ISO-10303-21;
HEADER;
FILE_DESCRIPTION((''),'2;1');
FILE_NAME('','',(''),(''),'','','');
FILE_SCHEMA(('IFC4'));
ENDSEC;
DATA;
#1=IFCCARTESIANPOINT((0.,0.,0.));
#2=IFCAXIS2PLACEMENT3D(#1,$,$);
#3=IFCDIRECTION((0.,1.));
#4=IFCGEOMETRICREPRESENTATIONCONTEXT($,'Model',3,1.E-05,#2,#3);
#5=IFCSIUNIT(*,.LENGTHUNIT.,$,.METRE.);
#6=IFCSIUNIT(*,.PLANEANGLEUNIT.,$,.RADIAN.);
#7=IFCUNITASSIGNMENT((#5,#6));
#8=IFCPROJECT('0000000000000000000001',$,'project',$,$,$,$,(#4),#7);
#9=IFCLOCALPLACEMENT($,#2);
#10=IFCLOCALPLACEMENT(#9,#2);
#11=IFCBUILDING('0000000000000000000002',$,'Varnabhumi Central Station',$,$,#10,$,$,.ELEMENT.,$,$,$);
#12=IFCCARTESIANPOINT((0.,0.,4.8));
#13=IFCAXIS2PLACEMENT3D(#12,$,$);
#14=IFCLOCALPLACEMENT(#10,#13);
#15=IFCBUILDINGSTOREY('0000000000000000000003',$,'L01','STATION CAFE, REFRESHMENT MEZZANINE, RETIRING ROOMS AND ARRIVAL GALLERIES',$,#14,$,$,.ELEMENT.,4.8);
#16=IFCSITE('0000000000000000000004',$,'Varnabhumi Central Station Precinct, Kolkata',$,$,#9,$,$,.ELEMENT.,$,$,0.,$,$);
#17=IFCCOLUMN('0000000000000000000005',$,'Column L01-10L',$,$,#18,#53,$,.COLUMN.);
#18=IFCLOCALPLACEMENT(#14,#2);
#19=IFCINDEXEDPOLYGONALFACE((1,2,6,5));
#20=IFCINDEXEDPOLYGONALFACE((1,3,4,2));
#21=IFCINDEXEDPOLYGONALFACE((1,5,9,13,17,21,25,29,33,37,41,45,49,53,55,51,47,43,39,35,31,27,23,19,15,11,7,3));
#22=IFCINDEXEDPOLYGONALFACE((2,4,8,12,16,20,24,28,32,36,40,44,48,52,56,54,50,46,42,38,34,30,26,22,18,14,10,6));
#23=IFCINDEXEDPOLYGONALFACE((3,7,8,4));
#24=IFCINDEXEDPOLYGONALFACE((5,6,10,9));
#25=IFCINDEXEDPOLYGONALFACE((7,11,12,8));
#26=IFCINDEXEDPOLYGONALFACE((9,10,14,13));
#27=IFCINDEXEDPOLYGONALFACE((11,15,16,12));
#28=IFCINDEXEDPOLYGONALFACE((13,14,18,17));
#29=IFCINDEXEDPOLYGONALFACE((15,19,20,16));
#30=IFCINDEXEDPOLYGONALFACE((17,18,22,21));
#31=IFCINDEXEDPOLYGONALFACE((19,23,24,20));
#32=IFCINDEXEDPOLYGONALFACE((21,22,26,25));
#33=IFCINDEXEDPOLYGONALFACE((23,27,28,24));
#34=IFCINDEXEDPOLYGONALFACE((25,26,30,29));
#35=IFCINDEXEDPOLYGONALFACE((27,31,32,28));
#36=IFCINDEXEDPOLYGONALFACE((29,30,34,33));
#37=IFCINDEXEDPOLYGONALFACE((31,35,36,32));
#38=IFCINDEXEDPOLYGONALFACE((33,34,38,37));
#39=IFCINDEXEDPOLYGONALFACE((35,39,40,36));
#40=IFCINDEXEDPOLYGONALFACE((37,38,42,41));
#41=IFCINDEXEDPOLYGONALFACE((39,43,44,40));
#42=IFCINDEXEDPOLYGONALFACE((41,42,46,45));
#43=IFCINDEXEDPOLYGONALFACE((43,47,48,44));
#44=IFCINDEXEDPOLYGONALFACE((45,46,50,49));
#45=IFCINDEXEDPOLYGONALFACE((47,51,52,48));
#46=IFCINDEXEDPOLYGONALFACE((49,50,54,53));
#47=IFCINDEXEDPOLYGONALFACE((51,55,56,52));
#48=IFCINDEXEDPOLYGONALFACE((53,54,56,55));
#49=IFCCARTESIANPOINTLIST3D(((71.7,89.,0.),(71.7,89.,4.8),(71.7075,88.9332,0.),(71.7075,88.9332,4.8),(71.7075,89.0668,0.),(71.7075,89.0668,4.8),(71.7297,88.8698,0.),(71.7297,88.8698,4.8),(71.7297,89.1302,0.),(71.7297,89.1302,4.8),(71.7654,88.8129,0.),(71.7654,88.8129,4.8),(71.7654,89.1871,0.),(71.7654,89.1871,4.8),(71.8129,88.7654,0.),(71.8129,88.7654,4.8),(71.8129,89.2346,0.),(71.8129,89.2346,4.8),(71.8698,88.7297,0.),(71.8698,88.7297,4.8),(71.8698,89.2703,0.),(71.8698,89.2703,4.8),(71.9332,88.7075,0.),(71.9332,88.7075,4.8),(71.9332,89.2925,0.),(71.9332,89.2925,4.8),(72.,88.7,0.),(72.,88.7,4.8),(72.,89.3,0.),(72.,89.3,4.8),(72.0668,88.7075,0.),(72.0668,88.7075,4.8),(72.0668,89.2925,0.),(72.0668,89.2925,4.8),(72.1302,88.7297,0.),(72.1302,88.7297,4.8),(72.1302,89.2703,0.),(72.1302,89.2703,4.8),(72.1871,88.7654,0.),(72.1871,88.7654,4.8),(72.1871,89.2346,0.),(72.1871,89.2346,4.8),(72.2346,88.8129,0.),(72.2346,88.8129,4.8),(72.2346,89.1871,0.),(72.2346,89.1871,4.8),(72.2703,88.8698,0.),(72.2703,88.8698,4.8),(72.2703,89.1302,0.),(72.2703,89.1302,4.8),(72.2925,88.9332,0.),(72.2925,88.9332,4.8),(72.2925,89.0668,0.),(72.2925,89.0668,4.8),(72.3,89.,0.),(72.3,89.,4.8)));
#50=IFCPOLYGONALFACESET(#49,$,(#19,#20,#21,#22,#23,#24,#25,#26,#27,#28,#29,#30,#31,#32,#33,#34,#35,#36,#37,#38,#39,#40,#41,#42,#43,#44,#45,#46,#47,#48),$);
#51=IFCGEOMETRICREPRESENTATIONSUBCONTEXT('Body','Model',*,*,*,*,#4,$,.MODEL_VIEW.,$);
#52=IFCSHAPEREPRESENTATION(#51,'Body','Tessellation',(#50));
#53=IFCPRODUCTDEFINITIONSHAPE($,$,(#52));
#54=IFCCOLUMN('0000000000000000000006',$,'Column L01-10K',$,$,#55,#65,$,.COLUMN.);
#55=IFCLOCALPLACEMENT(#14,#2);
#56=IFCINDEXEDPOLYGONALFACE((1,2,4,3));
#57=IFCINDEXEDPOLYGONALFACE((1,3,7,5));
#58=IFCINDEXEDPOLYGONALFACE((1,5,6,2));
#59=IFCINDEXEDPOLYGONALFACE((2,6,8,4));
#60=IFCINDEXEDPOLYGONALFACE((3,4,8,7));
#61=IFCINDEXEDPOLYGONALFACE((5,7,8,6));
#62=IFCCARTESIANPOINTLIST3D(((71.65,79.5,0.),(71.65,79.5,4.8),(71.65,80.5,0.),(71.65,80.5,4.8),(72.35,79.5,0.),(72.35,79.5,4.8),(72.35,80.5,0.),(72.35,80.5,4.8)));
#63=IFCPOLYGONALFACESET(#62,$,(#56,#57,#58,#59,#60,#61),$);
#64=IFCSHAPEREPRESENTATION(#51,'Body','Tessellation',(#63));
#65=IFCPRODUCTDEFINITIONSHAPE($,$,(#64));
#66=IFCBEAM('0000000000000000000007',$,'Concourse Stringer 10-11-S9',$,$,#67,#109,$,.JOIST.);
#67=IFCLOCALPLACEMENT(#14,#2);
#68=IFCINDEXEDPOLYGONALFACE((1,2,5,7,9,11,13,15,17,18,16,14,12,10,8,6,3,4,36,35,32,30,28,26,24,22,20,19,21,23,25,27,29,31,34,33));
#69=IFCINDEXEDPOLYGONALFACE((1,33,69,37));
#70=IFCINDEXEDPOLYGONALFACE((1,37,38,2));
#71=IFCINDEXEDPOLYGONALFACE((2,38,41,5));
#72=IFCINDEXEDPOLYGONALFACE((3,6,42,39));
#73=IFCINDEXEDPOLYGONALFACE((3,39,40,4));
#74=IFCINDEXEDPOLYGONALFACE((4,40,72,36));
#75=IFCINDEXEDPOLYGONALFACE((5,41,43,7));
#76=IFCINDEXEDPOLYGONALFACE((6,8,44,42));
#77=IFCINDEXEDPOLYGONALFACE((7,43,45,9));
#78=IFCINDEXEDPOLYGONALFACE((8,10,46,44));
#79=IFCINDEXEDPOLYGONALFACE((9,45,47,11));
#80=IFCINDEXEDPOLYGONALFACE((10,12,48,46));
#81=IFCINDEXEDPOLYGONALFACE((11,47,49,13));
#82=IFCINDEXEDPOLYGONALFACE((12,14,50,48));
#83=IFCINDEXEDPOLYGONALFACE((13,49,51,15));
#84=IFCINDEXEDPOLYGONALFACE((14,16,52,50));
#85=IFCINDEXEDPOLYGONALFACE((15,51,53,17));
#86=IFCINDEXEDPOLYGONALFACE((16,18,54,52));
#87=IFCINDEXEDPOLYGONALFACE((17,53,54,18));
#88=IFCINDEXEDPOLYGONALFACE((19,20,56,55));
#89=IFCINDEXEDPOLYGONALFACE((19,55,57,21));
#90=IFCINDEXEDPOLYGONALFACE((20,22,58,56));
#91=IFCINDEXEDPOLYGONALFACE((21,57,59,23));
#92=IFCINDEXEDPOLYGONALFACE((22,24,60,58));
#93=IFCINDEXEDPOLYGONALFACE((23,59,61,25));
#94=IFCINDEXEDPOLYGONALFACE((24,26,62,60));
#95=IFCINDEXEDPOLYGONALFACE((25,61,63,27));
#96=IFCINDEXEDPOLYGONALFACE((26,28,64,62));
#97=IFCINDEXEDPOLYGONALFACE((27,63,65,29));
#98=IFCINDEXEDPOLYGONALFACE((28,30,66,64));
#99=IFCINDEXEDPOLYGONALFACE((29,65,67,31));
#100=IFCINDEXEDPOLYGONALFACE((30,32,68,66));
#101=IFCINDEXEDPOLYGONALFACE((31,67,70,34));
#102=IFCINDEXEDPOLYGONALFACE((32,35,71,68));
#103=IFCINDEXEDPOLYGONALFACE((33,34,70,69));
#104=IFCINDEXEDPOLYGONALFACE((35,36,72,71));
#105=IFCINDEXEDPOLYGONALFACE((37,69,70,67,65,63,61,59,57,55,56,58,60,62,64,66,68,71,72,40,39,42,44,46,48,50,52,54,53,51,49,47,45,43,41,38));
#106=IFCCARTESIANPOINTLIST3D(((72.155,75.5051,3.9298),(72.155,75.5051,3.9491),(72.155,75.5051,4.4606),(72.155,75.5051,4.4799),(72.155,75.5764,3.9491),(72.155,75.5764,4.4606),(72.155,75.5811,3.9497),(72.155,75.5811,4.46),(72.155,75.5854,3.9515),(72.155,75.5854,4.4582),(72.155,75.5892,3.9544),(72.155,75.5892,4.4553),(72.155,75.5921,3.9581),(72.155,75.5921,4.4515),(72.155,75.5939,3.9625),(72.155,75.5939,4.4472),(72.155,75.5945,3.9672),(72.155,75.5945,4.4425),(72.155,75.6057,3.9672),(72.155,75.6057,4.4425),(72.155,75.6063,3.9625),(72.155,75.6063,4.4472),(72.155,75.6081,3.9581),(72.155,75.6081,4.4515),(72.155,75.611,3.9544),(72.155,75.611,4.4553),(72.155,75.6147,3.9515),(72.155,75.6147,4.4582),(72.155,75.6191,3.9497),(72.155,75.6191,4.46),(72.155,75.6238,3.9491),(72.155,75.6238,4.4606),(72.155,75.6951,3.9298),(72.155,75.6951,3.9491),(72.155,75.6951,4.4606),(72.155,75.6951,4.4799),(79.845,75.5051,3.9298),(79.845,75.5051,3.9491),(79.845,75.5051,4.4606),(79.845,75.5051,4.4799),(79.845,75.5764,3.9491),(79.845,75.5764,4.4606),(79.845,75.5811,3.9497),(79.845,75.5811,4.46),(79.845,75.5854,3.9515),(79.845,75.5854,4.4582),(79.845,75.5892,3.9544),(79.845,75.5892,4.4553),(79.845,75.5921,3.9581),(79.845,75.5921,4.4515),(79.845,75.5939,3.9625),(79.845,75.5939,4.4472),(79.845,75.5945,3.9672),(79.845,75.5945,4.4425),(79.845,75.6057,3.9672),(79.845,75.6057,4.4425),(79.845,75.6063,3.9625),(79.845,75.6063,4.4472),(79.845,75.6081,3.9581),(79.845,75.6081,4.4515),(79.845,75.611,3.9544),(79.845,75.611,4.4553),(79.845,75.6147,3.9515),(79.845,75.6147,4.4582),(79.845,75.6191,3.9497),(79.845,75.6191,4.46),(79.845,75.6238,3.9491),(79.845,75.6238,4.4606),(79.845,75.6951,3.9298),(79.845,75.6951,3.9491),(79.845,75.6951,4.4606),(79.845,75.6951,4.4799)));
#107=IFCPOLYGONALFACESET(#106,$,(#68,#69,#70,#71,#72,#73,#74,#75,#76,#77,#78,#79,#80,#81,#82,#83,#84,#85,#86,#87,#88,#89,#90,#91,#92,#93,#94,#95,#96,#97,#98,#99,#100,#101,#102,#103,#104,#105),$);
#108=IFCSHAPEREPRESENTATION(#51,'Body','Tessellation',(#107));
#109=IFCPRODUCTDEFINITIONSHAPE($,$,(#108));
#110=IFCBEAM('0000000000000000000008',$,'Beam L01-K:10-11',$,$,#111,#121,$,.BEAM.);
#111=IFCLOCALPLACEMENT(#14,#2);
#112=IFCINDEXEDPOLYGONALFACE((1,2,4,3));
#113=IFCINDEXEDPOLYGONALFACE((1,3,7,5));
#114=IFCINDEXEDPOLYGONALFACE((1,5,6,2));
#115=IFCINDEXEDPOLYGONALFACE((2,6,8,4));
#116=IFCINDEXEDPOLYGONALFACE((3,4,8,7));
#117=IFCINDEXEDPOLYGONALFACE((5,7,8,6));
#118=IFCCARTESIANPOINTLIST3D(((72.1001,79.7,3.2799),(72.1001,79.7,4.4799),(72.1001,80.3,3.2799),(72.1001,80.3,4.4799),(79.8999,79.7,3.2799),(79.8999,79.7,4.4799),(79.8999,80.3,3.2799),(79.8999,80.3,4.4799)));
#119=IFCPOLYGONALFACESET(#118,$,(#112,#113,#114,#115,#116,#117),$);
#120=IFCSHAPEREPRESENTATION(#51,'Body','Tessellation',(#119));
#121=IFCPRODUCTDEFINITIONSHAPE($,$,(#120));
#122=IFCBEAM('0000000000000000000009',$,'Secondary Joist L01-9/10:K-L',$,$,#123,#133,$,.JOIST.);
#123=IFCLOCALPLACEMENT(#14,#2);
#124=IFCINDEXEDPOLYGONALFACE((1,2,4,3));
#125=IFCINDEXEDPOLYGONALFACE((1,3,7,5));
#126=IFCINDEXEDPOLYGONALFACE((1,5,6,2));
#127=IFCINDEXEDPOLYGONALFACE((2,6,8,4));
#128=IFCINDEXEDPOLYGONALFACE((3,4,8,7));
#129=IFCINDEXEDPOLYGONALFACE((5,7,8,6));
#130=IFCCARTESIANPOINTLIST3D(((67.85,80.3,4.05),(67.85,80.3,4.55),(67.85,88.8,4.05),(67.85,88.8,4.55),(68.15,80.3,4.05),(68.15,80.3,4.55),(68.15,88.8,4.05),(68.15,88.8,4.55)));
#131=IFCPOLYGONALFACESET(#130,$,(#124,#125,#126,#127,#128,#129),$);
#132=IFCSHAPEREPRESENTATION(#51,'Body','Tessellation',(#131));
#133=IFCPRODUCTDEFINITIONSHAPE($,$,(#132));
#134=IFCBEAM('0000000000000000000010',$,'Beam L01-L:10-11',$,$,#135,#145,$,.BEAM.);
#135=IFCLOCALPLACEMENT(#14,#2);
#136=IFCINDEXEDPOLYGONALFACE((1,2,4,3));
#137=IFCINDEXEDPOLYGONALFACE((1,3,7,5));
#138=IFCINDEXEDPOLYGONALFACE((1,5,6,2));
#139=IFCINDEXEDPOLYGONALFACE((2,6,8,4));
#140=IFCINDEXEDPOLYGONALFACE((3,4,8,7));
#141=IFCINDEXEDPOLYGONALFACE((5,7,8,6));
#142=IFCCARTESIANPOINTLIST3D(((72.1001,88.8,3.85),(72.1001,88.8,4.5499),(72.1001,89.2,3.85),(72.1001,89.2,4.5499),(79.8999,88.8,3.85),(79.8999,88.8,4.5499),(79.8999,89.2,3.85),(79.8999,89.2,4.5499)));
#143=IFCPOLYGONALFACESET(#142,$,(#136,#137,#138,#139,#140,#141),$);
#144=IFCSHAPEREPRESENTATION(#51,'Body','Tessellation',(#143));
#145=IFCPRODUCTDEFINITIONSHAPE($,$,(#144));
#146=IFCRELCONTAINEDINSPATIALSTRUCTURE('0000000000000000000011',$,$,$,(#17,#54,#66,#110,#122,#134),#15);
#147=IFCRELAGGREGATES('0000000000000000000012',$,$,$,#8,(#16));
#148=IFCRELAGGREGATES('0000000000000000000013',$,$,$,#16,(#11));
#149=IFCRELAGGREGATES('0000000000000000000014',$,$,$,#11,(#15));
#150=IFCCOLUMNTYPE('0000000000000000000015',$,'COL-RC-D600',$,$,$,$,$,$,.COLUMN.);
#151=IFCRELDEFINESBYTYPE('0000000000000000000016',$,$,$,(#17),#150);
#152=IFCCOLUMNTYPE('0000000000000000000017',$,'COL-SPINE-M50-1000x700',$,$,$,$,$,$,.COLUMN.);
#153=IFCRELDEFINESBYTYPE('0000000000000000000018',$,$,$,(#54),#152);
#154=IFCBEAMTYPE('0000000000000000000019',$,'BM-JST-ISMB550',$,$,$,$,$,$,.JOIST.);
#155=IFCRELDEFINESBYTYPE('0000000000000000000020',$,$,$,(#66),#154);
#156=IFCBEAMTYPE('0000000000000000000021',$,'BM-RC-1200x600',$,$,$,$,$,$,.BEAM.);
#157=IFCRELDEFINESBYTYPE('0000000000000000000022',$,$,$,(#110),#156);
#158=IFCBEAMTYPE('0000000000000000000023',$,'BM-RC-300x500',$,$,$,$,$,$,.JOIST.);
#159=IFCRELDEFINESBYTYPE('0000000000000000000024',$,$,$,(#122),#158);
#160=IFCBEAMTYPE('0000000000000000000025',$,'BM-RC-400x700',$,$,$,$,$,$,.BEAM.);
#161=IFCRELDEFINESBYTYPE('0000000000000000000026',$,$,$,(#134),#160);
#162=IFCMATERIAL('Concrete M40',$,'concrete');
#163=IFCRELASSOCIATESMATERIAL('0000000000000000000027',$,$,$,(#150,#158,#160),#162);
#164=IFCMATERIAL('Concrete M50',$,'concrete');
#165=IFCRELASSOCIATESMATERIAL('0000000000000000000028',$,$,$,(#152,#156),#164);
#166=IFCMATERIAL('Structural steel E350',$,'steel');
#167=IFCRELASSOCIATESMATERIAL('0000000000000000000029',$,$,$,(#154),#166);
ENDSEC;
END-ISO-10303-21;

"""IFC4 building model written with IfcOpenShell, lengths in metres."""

from ifc_helpers import new_model, si_unit, direction, frame, origin, origin_2d, place, context, subcontext, project, spatial, rectangle, circle, i_section, extrude, material, material_profile, profile_set, type_object, element, save


model = new_model("IFC4")

# Units and contexts
model_context = context("Model", 3, precision=1e-05, world=origin(), true_north=direction((0.0, 1.0)))
body_context = subcontext(model_context, "Body", "Model", "MODEL_VIEW")
ifc_project = project(units=[si_unit("LENGTHUNIT", "METRE"), si_unit("PLANEANGLEUNIT", "RADIAN")], contexts=[model_context])

# Site, building, storey
site_placement = place(None, origin())
site = spatial("IfcSite", under=ifc_project, at=site_placement, Name="Varnabhumi Central Station Precinct, Kolkata", CompositionType="ELEMENT", RefElevation=0.0)
building_placement = place(site_placement, origin())
building = spatial("IfcBuilding", under=site, at=building_placement, Name="Varnabhumi Central Station", CompositionType="ELEMENT")
storey_placement = place(building_placement, frame((0.0, 0.0, 4.8)))
storey = spatial("IfcBuildingStorey", under=building, at=storey_placement, Name="L01", Description="STATION CAFE, REFRESHMENT MEZZANINE, RETIRING ROOMS AND ARRIVAL GALLERIES", CompositionType="ELEMENT", Elevation=4.8)

# Columns
ifc_material_1 = material(Name="Concrete M40", Category="concrete")
ifc_material_profile_1 = material_profile(ifc_material_1, circle(Radius=0.3, at=origin_2d()), Name="Concrete M40", Category="concrete")
ifc_profile_set_1 = profile_set([ifc_material_profile_1], Name="Concrete M40")
column_type_1 = type_object("IfcColumnType", Name="COL-RC-D600", PredefinedType="COLUMN", material=ifc_profile_set_1)
column_1_placement = place(storey_placement, frame((72.0, 89.0, 0.0), z_axis=(0.0, 0.0, 1.0), x_axis=(1.0, 0.0, 0.0)))
element("IfcColumn", 1, at=column_1_placement, inside=storey, type_object=column_type_1, Name="Column L01-10L", PredefinedType="COLUMN", context=body_context, shape_type="SweptSolid", body=[
    extrude(circle(Radius=0.3, at=origin_2d()), origin(), (0.0, 0.0, 1.0), 4.8),
])
ifc_material_2 = material(Name="Concrete M50", Category="concrete")
ifc_material_profile_2 = material_profile(ifc_material_2, rectangle(XDim=0.7, YDim=1.0, at=origin_2d()), Name="Concrete M50", Category="concrete")
ifc_profile_set_2 = profile_set([ifc_material_profile_2], Name="Concrete M50")
column_type_2 = type_object("IfcColumnType", Name="COL-SPINE-M50-1000x700", PredefinedType="COLUMN", material=ifc_profile_set_2)
column_2_placement = place(storey_placement, frame((72.0, 80.0, 0.0), z_axis=(0.0, 0.0, 1.0), x_axis=(1.0, 0.0, 0.0)))
element("IfcColumn", 2, at=column_2_placement, inside=storey, type_object=column_type_2, Name="Column L01-10K", PredefinedType="COLUMN", context=body_context, shape_type="SweptSolid", body=[
    extrude(rectangle(XDim=0.7, YDim=1.0, at=origin_2d()), origin(), (0.0, 0.0, 1.0), 4.8),
])

# Beams
ifc_material_3 = material(Name="Structural steel E350", Category="steel")
ifc_material_profile_3 = material_profile(ifc_material_3, i_section(OverallWidth=0.1899, OverallDepth=0.55, WebThickness=0.0112, FlangeThickness=0.0193, FilletRadius=0.0181, at=origin_2d()), Name="Structural steel E350", Category="steel")
ifc_profile_set_3 = profile_set([ifc_material_profile_3], Name="Structural steel E350")
beam_type_1 = type_object("IfcBeamType", Name="BM-JST-ISMB550", PredefinedType="JOIST", material=ifc_profile_set_3)
beam_1_placement = place(storey_placement, frame((72.155, 75.6001, 4.2048), z_axis=(1.0, 0.0, 0.0), x_axis=(0.0, 1.0, 0.0)))
element("IfcBeam", 3, at=beam_1_placement, inside=storey, type_object=beam_type_1, Name="Concourse Stringer 10-11-S9", PredefinedType="JOIST", context=body_context, shape_type="SweptSolid", body=[
    extrude(i_section(OverallWidth=0.1899, OverallDepth=0.55, WebThickness=0.0112, FlangeThickness=0.0193, FilletRadius=0.0181, at=origin_2d()), origin(), (0.0, 0.0, 1.0), 7.6899),
])
ifc_material_profile_4 = material_profile(ifc_material_2, rectangle(XDim=0.6001, YDim=1.2, at=origin_2d()), Name="Concrete M50", Category="concrete")
ifc_profile_set_4 = profile_set([ifc_material_profile_4], Name="Concrete M50")
beam_type_2 = type_object("IfcBeamType", Name="BM-RC-1200x600", PredefinedType="BEAM", material=ifc_profile_set_4)
beam_2_placement = place(storey_placement, frame((72.1001, 80.0, 3.8799), z_axis=(1.0, 0.0, 0.0), x_axis=(0.0, 1.0, 0.0)))
element("IfcBeam", 4, at=beam_2_placement, inside=storey, type_object=beam_type_2, Name="Beam L01-K:10-11", PredefinedType="BEAM", context=body_context, shape_type="SweptSolid", body=[
    extrude(rectangle(XDim=0.6001, YDim=1.2, at=origin_2d()), origin(), (0.0, 0.0, 1.0), 7.7998),
])
ifc_material_profile_5 = material_profile(ifc_material_1, rectangle(XDim=0.3, YDim=0.5, at=origin_2d()), Name="Concrete M40", Category="concrete")
ifc_profile_set_5 = profile_set([ifc_material_profile_5], Name="Concrete M40")
beam_type_3 = type_object("IfcBeamType", Name="BM-RC-300x500", PredefinedType="JOIST", material=ifc_profile_set_5)
beam_3_placement = place(storey_placement, frame((68.0, 80.3, 4.3), z_axis=(0.0, 1.0, 0.0), x_axis=(-1.0, 0.0, 0.0)))
element("IfcBeam", 5, at=beam_3_placement, inside=storey, type_object=beam_type_3, Name="Secondary Joist L01-9/10:K-L", PredefinedType="JOIST", context=body_context, shape_type="SweptSolid", body=[
    extrude(rectangle(XDim=0.3, YDim=0.5, at=origin_2d()), origin(), (0.0, 0.0, 1.0), 8.5),
])
ifc_material_profile_6 = material_profile(ifc_material_1, rectangle(XDim=0.3999, YDim=0.7, at=origin_2d()), Name="Concrete M40", Category="concrete")
ifc_profile_set_6 = profile_set([ifc_material_profile_6], Name="Concrete M40")
beam_type_4 = type_object("IfcBeamType", Name="BM-RC-400x700", PredefinedType="BEAM", material=ifc_profile_set_6)
beam_4_placement = place(storey_placement, frame((72.1001, 89.0, 4.2), z_axis=(1.0, 0.0, 0.0), x_axis=(0.0, 1.0, 0.0)))
element("IfcBeam", 6, at=beam_4_placement, inside=storey, type_object=beam_type_4, Name="Beam L01-L:10-11", PredefinedType="BEAM", context=body_context, shape_type="SweptSolid", body=[
    extrude(rectangle(XDim=0.3999, YDim=0.7, at=origin_2d()), origin(), (0.0, 0.0, 1.0), 7.7998),
])

save(model, "model.ifc")
